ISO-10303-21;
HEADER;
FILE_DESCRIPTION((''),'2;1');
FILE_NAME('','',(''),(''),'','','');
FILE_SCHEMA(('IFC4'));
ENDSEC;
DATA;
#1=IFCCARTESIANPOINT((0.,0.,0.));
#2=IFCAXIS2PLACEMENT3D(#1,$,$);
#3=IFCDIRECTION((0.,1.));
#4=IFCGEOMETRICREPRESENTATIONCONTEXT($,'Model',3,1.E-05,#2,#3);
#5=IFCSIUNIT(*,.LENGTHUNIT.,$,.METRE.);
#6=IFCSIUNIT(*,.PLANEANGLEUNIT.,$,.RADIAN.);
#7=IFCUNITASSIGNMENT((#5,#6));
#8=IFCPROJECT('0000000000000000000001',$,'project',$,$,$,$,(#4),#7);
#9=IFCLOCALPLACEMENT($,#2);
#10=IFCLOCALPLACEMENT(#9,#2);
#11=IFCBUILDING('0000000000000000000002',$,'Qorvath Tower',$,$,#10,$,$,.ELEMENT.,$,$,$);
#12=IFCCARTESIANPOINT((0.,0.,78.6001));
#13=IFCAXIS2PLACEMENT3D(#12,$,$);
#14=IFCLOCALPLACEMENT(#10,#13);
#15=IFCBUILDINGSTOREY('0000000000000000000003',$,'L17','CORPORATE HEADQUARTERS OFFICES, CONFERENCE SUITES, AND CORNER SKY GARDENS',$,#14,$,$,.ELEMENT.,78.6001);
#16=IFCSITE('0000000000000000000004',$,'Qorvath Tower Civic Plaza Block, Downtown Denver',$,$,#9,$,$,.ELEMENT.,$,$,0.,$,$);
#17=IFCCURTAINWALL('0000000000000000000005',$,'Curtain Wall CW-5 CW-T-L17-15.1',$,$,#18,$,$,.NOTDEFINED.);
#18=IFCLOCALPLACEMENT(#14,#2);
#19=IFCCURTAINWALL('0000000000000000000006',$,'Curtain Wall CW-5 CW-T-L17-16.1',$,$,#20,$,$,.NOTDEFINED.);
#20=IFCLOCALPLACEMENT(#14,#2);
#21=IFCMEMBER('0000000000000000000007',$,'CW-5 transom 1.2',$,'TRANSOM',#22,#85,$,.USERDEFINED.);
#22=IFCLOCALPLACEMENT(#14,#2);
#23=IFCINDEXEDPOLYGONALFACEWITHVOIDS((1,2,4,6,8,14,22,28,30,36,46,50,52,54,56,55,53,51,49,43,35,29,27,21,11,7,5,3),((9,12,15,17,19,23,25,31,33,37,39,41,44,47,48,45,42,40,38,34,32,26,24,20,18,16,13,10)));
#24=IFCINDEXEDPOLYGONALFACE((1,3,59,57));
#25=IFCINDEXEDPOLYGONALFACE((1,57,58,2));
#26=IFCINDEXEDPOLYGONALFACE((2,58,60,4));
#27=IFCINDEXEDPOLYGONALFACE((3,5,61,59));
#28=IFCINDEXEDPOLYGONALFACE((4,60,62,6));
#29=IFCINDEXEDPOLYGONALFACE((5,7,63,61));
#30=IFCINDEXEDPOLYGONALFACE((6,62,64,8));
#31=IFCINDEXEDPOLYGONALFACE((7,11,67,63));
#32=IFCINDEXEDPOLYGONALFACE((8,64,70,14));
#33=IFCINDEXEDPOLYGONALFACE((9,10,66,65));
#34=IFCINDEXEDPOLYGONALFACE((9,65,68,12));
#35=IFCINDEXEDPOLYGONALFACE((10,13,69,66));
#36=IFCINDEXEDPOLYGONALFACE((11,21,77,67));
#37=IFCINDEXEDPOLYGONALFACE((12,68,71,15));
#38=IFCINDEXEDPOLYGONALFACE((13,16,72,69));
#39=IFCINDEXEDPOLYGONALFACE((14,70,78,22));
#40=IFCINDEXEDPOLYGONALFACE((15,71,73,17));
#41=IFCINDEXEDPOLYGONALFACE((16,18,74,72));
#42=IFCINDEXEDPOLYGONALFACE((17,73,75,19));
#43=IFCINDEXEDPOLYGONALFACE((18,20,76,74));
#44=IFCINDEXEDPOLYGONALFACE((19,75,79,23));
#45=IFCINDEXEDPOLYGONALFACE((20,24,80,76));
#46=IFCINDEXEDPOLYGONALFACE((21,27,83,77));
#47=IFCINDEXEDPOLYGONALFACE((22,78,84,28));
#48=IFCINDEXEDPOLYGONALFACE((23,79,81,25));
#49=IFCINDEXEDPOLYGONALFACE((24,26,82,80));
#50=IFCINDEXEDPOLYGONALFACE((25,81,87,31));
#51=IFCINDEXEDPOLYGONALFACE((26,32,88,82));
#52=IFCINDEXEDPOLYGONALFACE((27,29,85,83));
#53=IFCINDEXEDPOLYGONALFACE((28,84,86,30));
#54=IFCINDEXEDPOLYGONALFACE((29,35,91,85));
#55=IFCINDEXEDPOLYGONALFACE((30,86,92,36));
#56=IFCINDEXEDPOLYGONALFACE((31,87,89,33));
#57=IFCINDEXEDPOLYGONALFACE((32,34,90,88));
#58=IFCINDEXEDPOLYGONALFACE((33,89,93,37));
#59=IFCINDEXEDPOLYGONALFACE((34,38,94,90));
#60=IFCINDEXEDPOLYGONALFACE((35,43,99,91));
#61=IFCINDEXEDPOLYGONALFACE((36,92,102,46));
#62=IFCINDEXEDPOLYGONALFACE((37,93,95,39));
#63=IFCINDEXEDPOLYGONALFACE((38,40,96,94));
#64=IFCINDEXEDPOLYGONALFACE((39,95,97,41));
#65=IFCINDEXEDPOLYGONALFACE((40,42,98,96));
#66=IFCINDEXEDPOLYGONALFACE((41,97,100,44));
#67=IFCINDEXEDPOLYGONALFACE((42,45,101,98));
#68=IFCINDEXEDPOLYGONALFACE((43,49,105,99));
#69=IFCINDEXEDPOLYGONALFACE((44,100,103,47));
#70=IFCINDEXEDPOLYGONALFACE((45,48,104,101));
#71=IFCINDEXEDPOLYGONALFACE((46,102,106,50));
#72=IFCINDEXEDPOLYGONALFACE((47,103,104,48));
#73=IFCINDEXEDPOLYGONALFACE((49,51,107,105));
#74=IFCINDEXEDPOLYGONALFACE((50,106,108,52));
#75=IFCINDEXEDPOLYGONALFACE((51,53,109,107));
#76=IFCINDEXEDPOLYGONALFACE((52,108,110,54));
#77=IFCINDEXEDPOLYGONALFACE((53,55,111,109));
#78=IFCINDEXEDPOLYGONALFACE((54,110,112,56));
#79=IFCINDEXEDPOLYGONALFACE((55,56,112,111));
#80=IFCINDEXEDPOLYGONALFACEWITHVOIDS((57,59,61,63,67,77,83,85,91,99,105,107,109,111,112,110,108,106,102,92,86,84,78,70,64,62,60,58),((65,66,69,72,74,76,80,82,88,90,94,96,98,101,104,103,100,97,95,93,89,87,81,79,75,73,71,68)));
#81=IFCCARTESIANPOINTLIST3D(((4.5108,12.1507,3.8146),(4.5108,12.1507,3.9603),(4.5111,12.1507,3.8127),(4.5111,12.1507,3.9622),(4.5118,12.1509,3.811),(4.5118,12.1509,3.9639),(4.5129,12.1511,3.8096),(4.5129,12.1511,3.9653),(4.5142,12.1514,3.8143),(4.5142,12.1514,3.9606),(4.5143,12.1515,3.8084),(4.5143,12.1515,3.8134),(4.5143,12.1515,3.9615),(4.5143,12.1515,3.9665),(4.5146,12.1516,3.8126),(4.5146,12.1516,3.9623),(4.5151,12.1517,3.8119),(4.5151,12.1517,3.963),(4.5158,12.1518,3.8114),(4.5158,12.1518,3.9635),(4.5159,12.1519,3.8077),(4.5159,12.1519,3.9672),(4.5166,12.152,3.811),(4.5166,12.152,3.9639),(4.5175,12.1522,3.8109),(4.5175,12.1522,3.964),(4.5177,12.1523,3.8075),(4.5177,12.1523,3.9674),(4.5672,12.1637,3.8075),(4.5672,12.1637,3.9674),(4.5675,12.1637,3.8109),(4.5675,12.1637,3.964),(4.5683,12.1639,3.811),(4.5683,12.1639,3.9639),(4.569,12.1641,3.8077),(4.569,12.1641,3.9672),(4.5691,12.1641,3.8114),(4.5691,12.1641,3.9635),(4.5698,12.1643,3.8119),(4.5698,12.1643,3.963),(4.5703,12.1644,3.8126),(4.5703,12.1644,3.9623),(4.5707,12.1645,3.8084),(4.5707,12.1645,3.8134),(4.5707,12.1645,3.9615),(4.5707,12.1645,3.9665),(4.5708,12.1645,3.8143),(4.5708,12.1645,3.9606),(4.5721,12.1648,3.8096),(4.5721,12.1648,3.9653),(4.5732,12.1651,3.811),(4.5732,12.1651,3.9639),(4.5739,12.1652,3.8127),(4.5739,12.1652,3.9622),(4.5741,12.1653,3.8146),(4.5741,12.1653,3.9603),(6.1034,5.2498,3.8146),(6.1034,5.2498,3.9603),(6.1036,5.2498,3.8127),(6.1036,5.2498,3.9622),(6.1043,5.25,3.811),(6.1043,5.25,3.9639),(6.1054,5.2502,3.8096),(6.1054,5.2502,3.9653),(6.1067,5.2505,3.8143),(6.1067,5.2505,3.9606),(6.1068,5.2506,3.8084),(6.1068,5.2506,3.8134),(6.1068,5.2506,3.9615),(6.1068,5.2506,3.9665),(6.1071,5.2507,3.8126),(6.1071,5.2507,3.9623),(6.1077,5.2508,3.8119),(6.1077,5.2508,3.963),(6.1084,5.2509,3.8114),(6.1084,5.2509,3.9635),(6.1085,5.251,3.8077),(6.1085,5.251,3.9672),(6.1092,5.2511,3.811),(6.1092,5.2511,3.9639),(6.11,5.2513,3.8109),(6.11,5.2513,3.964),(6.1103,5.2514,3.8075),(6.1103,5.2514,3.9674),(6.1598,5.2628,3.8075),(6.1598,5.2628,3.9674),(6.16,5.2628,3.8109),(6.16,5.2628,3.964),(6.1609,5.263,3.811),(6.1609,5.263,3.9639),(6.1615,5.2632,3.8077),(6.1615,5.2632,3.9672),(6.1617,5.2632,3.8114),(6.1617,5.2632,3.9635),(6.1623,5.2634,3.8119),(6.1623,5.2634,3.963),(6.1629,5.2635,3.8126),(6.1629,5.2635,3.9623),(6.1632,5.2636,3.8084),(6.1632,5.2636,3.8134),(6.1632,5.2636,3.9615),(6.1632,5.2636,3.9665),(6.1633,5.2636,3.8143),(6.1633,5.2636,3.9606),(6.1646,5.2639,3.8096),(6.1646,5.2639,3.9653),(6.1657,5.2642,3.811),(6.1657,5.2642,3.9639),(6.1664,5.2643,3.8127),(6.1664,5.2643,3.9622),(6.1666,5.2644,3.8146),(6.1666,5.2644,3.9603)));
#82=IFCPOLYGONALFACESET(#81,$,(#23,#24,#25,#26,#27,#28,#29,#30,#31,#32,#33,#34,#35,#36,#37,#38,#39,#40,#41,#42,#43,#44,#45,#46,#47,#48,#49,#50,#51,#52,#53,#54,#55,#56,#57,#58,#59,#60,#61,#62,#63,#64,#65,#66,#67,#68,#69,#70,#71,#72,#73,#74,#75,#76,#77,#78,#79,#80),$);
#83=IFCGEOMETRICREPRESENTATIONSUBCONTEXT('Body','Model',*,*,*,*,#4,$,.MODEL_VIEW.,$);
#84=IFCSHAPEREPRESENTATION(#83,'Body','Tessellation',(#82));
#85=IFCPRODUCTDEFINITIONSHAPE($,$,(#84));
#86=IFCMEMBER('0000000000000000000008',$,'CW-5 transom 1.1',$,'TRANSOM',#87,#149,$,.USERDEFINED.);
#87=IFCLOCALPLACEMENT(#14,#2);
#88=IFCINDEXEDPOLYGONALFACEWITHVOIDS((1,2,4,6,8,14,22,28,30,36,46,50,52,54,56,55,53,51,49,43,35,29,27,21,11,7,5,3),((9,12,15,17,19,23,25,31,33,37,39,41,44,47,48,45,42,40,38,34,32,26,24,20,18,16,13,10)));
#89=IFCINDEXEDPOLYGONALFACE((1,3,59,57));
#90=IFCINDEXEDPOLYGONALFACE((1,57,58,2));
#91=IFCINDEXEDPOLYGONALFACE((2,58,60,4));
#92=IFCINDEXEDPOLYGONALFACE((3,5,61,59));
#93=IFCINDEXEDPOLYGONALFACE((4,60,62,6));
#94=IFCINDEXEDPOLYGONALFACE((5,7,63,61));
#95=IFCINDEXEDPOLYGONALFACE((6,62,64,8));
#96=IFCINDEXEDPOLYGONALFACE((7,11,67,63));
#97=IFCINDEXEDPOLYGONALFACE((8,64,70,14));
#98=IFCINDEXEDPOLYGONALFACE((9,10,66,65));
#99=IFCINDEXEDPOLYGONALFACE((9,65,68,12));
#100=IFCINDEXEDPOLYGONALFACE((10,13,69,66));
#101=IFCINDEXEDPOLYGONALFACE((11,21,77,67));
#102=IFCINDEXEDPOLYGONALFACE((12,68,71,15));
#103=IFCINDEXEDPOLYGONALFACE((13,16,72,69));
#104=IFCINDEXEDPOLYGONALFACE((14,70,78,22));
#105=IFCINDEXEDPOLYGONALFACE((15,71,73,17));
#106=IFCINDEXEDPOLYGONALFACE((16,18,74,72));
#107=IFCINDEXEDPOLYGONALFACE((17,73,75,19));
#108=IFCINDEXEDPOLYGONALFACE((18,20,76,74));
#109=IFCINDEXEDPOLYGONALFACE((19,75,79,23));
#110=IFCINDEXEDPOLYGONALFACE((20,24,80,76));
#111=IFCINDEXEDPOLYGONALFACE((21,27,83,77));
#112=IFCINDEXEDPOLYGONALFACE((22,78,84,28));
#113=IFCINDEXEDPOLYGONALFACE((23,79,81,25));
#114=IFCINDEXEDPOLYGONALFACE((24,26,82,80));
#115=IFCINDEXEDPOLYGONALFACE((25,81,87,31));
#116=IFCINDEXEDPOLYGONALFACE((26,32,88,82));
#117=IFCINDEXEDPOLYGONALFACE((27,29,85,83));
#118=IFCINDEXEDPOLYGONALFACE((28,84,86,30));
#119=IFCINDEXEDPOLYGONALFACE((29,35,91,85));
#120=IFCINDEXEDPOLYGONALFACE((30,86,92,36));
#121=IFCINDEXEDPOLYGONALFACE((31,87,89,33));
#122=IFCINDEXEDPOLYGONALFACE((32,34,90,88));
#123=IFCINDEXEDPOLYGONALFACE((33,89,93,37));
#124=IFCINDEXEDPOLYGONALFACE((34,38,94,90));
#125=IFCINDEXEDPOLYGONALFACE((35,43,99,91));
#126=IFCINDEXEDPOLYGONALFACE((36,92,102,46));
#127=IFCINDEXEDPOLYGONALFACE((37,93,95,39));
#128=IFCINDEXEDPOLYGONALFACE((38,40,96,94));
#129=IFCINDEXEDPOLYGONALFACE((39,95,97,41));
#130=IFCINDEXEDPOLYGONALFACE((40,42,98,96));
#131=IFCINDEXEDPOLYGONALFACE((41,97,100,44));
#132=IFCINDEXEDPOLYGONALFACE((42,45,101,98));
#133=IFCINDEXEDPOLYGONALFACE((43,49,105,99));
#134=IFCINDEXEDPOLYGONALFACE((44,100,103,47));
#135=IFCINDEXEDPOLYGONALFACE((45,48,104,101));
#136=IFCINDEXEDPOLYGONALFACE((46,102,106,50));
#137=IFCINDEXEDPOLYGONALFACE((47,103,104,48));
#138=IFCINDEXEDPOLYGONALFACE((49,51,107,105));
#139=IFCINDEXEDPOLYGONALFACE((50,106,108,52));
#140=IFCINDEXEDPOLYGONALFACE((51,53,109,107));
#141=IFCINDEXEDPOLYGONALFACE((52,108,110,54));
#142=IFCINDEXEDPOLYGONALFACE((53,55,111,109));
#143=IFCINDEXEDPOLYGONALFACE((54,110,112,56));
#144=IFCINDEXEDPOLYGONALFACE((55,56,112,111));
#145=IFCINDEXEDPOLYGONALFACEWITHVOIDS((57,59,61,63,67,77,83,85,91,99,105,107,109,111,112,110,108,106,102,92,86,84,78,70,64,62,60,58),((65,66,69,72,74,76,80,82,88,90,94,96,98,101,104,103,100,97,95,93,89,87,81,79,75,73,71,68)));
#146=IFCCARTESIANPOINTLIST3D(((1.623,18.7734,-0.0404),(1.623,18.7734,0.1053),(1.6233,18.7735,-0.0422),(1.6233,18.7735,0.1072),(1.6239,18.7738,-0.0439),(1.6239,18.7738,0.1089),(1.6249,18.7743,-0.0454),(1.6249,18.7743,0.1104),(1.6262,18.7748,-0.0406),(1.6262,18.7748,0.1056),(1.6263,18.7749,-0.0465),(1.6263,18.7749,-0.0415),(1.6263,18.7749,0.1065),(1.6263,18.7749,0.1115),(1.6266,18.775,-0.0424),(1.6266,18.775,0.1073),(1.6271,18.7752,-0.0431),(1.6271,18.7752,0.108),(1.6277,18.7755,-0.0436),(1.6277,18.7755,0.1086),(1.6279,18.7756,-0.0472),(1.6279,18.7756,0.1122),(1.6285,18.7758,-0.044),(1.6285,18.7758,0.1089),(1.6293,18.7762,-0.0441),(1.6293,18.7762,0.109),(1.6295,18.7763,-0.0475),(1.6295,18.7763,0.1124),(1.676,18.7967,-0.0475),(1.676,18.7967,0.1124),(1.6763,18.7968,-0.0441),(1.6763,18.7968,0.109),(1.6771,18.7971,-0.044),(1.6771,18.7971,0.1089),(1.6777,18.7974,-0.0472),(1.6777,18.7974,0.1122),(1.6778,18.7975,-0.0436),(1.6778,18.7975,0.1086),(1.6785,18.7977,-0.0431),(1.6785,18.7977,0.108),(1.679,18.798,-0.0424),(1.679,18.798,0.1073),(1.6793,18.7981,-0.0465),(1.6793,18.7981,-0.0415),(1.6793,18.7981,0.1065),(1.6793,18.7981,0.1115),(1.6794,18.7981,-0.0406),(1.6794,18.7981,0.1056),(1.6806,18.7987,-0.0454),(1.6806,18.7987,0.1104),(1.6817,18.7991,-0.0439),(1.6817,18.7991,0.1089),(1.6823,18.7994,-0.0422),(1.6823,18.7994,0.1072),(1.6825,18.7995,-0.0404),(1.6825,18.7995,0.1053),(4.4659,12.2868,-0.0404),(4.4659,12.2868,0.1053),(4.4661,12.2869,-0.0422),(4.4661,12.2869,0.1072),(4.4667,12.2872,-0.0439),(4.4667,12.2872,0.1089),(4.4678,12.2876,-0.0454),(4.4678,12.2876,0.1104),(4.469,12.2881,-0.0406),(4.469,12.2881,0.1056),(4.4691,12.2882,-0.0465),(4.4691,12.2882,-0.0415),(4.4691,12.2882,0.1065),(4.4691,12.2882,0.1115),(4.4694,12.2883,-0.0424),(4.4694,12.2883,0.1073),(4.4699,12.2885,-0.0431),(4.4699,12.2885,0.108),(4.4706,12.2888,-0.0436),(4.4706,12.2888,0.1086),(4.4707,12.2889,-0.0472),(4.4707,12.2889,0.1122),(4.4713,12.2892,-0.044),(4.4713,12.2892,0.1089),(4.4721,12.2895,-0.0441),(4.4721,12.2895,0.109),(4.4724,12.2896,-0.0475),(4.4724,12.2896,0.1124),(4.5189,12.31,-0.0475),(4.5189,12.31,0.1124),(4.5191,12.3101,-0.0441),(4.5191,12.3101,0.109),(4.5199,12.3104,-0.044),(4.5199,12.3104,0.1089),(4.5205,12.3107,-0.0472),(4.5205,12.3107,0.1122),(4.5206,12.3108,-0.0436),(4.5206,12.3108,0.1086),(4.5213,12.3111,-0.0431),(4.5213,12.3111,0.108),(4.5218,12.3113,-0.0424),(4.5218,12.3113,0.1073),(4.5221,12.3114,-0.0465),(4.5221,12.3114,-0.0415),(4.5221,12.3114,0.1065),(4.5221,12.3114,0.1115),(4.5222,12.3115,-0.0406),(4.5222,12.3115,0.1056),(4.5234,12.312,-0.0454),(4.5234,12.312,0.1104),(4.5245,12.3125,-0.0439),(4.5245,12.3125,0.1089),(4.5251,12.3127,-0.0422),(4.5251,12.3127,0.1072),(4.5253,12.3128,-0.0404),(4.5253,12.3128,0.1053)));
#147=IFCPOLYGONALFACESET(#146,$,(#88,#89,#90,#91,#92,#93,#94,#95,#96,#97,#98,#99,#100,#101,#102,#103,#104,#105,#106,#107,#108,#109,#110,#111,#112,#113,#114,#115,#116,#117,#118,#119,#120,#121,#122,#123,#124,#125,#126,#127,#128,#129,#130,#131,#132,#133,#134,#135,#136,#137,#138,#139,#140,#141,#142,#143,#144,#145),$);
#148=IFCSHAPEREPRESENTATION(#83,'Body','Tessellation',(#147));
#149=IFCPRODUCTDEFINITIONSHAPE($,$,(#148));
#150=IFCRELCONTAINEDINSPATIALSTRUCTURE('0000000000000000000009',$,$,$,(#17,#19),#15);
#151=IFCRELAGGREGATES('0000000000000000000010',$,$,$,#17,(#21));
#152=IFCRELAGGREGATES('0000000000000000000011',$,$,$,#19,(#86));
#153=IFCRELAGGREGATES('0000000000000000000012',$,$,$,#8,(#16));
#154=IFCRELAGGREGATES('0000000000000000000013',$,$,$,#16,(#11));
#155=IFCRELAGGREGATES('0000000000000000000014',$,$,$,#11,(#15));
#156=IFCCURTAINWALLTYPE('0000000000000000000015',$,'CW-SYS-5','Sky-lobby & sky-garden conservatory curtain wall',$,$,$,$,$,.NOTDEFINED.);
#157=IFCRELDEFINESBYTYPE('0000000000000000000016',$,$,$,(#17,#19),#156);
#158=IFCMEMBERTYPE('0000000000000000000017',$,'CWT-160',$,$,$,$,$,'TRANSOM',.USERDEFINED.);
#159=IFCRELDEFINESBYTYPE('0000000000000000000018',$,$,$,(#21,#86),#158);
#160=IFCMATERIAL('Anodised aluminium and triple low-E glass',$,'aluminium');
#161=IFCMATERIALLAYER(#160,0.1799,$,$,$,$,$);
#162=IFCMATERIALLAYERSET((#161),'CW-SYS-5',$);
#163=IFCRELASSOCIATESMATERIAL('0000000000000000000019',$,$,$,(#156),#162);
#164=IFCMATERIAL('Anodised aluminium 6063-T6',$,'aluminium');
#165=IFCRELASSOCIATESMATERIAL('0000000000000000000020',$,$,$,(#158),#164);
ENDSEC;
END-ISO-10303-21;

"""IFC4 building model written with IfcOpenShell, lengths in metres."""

from ifc_helpers import new_model, si_unit, direction, frame, origin, origin_2d, place, context, subcontext, project, spatial, hollow_rectangle, extrude, material, layer, layer_set, material_profile, profile_set, type_object, element, aggregate, save


model = new_model("IFC4")

# Units and contexts
model_context = context("Model", 3, precision=1e-05, world=origin(), true_north=direction((0.0, 1.0)))
body_context = subcontext(model_context, "Body", "Model", "MODEL_VIEW")
ifc_project = project(units=[si_unit("LENGTHUNIT", "METRE"), si_unit("PLANEANGLEUNIT", "RADIAN")], contexts=[model_context])

# Site, building, storey
site_placement = place(None, origin())
site = spatial("IfcSite", under=ifc_project, at=site_placement, Name="Qorvath Tower Civic Plaza Block, Downtown Denver", CompositionType="ELEMENT", RefElevation=0.0)
building_placement = place(site_placement, origin())
building = spatial("IfcBuilding", under=site, at=building_placement, Name="Qorvath Tower", CompositionType="ELEMENT")
storey_placement = place(building_placement, frame((0.0, 0.0, 78.6001)))
storey = spatial("IfcBuildingStorey", under=building, at=storey_placement, Name="L17", Description="CORPORATE HEADQUARTERS OFFICES, CONFERENCE SUITES, AND CORNER SKY GARDENS", CompositionType="ELEMENT", Elevation=78.6001)

# Shared definitions
ifc_material_1 = material(Name="Anodised aluminium and triple low-E glass", Category="aluminium")
ifc_layer_1 = layer(ifc_material_1, 0.1799)
ifc_layer_set_1 = layer_set([ifc_layer_1], Name="CW-SYS-5")
curtain_wall_type = type_object("IfcCurtainWallType", Name="CW-SYS-5", Description="Sky-lobby & sky-garden conservatory curtain wall", PredefinedType="NOTDEFINED", material=ifc_layer_set_1)

# Curtain walls
curtain_wall_1_placement = place(storey_placement, origin())
curtain_wall_1 = element("IfcCurtainWall", 1, at=curtain_wall_1_placement, inside=storey, type_object=curtain_wall_type, Name="Curtain Wall CW-5 CW-T-L17-15.1", PredefinedType="NOTDEFINED")
curtain_wall_2_placement = place(storey_placement, origin())
curtain_wall_2 = element("IfcCurtainWall", 2, at=curtain_wall_2_placement, inside=storey, type_object=curtain_wall_type, Name="Curtain Wall CW-5 CW-T-L17-16.1", PredefinedType="NOTDEFINED")

# Members
ifc_material_2 = material(Name="Anodised aluminium 6063-T6", Category="aluminium")
ifc_material_profile_1 = material_profile(ifc_material_2, hollow_rectangle(XDim=0.0649, YDim=0.1599, WallThickness=0.0034, InnerFilletRadius=0.0034, OuterFilletRadius=0.0071, at=origin_2d()), Name="CWT 160x65")
ifc_profile_set_1 = profile_set([ifc_material_profile_1], Name="Anodised aluminium 6063-T6")
member_type_1 = type_object("IfcMemberType", Name="CWT-160", ElementType="TRANSOM", PredefinedType="USERDEFINED", material=ifc_profile_set_1)
member_1_placement = place(storey_placement, frame((6.135, 5.2571, 3.8875), z_axis=(-0.224862, 0.974391, 0.0), x_axis=(-0.974391, -0.224862, 0.0)))
member_1 = element("IfcMember", 3, at=member_1_placement, type_object=member_type_1, Name="CW-5 transom 1.2", ObjectType="TRANSOM", PredefinedType="USERDEFINED", context=body_context, shape_type="SweptSolid", body=[
    extrude(hollow_rectangle(XDim=0.0649, YDim=0.1599, WallThickness=0.0034, InnerFilletRadius=0.0034, OuterFilletRadius=0.0071, at=origin_2d()), origin(), (0.0, 0.0, 1.0), 7.0823),
])
member_2_placement = place(storey_placement, frame((4.4956, 12.2998, 0.0325), z_axis=(-0.401399, 0.915903, 0.0), x_axis=(-0.915903, -0.401399, 0.0)))
member_2 = element("IfcMember", 4, at=member_2_placement, type_object=member_type_1, Name="CW-5 transom 1.1", ObjectType="TRANSOM", PredefinedType="USERDEFINED", context=body_context, shape_type="SweptSolid", body=[
    extrude(hollow_rectangle(XDim=0.0649, YDim=0.1599, WallThickness=0.0034, InnerFilletRadius=0.0034, OuterFilletRadius=0.0071, at=origin_2d()), origin(), (0.0, 0.0, 1.0), 7.0823),
])

aggregate(curtain_wall_1, [member_1])
aggregate(curtain_wall_2, [member_2])

save(model, "model.ifc")
